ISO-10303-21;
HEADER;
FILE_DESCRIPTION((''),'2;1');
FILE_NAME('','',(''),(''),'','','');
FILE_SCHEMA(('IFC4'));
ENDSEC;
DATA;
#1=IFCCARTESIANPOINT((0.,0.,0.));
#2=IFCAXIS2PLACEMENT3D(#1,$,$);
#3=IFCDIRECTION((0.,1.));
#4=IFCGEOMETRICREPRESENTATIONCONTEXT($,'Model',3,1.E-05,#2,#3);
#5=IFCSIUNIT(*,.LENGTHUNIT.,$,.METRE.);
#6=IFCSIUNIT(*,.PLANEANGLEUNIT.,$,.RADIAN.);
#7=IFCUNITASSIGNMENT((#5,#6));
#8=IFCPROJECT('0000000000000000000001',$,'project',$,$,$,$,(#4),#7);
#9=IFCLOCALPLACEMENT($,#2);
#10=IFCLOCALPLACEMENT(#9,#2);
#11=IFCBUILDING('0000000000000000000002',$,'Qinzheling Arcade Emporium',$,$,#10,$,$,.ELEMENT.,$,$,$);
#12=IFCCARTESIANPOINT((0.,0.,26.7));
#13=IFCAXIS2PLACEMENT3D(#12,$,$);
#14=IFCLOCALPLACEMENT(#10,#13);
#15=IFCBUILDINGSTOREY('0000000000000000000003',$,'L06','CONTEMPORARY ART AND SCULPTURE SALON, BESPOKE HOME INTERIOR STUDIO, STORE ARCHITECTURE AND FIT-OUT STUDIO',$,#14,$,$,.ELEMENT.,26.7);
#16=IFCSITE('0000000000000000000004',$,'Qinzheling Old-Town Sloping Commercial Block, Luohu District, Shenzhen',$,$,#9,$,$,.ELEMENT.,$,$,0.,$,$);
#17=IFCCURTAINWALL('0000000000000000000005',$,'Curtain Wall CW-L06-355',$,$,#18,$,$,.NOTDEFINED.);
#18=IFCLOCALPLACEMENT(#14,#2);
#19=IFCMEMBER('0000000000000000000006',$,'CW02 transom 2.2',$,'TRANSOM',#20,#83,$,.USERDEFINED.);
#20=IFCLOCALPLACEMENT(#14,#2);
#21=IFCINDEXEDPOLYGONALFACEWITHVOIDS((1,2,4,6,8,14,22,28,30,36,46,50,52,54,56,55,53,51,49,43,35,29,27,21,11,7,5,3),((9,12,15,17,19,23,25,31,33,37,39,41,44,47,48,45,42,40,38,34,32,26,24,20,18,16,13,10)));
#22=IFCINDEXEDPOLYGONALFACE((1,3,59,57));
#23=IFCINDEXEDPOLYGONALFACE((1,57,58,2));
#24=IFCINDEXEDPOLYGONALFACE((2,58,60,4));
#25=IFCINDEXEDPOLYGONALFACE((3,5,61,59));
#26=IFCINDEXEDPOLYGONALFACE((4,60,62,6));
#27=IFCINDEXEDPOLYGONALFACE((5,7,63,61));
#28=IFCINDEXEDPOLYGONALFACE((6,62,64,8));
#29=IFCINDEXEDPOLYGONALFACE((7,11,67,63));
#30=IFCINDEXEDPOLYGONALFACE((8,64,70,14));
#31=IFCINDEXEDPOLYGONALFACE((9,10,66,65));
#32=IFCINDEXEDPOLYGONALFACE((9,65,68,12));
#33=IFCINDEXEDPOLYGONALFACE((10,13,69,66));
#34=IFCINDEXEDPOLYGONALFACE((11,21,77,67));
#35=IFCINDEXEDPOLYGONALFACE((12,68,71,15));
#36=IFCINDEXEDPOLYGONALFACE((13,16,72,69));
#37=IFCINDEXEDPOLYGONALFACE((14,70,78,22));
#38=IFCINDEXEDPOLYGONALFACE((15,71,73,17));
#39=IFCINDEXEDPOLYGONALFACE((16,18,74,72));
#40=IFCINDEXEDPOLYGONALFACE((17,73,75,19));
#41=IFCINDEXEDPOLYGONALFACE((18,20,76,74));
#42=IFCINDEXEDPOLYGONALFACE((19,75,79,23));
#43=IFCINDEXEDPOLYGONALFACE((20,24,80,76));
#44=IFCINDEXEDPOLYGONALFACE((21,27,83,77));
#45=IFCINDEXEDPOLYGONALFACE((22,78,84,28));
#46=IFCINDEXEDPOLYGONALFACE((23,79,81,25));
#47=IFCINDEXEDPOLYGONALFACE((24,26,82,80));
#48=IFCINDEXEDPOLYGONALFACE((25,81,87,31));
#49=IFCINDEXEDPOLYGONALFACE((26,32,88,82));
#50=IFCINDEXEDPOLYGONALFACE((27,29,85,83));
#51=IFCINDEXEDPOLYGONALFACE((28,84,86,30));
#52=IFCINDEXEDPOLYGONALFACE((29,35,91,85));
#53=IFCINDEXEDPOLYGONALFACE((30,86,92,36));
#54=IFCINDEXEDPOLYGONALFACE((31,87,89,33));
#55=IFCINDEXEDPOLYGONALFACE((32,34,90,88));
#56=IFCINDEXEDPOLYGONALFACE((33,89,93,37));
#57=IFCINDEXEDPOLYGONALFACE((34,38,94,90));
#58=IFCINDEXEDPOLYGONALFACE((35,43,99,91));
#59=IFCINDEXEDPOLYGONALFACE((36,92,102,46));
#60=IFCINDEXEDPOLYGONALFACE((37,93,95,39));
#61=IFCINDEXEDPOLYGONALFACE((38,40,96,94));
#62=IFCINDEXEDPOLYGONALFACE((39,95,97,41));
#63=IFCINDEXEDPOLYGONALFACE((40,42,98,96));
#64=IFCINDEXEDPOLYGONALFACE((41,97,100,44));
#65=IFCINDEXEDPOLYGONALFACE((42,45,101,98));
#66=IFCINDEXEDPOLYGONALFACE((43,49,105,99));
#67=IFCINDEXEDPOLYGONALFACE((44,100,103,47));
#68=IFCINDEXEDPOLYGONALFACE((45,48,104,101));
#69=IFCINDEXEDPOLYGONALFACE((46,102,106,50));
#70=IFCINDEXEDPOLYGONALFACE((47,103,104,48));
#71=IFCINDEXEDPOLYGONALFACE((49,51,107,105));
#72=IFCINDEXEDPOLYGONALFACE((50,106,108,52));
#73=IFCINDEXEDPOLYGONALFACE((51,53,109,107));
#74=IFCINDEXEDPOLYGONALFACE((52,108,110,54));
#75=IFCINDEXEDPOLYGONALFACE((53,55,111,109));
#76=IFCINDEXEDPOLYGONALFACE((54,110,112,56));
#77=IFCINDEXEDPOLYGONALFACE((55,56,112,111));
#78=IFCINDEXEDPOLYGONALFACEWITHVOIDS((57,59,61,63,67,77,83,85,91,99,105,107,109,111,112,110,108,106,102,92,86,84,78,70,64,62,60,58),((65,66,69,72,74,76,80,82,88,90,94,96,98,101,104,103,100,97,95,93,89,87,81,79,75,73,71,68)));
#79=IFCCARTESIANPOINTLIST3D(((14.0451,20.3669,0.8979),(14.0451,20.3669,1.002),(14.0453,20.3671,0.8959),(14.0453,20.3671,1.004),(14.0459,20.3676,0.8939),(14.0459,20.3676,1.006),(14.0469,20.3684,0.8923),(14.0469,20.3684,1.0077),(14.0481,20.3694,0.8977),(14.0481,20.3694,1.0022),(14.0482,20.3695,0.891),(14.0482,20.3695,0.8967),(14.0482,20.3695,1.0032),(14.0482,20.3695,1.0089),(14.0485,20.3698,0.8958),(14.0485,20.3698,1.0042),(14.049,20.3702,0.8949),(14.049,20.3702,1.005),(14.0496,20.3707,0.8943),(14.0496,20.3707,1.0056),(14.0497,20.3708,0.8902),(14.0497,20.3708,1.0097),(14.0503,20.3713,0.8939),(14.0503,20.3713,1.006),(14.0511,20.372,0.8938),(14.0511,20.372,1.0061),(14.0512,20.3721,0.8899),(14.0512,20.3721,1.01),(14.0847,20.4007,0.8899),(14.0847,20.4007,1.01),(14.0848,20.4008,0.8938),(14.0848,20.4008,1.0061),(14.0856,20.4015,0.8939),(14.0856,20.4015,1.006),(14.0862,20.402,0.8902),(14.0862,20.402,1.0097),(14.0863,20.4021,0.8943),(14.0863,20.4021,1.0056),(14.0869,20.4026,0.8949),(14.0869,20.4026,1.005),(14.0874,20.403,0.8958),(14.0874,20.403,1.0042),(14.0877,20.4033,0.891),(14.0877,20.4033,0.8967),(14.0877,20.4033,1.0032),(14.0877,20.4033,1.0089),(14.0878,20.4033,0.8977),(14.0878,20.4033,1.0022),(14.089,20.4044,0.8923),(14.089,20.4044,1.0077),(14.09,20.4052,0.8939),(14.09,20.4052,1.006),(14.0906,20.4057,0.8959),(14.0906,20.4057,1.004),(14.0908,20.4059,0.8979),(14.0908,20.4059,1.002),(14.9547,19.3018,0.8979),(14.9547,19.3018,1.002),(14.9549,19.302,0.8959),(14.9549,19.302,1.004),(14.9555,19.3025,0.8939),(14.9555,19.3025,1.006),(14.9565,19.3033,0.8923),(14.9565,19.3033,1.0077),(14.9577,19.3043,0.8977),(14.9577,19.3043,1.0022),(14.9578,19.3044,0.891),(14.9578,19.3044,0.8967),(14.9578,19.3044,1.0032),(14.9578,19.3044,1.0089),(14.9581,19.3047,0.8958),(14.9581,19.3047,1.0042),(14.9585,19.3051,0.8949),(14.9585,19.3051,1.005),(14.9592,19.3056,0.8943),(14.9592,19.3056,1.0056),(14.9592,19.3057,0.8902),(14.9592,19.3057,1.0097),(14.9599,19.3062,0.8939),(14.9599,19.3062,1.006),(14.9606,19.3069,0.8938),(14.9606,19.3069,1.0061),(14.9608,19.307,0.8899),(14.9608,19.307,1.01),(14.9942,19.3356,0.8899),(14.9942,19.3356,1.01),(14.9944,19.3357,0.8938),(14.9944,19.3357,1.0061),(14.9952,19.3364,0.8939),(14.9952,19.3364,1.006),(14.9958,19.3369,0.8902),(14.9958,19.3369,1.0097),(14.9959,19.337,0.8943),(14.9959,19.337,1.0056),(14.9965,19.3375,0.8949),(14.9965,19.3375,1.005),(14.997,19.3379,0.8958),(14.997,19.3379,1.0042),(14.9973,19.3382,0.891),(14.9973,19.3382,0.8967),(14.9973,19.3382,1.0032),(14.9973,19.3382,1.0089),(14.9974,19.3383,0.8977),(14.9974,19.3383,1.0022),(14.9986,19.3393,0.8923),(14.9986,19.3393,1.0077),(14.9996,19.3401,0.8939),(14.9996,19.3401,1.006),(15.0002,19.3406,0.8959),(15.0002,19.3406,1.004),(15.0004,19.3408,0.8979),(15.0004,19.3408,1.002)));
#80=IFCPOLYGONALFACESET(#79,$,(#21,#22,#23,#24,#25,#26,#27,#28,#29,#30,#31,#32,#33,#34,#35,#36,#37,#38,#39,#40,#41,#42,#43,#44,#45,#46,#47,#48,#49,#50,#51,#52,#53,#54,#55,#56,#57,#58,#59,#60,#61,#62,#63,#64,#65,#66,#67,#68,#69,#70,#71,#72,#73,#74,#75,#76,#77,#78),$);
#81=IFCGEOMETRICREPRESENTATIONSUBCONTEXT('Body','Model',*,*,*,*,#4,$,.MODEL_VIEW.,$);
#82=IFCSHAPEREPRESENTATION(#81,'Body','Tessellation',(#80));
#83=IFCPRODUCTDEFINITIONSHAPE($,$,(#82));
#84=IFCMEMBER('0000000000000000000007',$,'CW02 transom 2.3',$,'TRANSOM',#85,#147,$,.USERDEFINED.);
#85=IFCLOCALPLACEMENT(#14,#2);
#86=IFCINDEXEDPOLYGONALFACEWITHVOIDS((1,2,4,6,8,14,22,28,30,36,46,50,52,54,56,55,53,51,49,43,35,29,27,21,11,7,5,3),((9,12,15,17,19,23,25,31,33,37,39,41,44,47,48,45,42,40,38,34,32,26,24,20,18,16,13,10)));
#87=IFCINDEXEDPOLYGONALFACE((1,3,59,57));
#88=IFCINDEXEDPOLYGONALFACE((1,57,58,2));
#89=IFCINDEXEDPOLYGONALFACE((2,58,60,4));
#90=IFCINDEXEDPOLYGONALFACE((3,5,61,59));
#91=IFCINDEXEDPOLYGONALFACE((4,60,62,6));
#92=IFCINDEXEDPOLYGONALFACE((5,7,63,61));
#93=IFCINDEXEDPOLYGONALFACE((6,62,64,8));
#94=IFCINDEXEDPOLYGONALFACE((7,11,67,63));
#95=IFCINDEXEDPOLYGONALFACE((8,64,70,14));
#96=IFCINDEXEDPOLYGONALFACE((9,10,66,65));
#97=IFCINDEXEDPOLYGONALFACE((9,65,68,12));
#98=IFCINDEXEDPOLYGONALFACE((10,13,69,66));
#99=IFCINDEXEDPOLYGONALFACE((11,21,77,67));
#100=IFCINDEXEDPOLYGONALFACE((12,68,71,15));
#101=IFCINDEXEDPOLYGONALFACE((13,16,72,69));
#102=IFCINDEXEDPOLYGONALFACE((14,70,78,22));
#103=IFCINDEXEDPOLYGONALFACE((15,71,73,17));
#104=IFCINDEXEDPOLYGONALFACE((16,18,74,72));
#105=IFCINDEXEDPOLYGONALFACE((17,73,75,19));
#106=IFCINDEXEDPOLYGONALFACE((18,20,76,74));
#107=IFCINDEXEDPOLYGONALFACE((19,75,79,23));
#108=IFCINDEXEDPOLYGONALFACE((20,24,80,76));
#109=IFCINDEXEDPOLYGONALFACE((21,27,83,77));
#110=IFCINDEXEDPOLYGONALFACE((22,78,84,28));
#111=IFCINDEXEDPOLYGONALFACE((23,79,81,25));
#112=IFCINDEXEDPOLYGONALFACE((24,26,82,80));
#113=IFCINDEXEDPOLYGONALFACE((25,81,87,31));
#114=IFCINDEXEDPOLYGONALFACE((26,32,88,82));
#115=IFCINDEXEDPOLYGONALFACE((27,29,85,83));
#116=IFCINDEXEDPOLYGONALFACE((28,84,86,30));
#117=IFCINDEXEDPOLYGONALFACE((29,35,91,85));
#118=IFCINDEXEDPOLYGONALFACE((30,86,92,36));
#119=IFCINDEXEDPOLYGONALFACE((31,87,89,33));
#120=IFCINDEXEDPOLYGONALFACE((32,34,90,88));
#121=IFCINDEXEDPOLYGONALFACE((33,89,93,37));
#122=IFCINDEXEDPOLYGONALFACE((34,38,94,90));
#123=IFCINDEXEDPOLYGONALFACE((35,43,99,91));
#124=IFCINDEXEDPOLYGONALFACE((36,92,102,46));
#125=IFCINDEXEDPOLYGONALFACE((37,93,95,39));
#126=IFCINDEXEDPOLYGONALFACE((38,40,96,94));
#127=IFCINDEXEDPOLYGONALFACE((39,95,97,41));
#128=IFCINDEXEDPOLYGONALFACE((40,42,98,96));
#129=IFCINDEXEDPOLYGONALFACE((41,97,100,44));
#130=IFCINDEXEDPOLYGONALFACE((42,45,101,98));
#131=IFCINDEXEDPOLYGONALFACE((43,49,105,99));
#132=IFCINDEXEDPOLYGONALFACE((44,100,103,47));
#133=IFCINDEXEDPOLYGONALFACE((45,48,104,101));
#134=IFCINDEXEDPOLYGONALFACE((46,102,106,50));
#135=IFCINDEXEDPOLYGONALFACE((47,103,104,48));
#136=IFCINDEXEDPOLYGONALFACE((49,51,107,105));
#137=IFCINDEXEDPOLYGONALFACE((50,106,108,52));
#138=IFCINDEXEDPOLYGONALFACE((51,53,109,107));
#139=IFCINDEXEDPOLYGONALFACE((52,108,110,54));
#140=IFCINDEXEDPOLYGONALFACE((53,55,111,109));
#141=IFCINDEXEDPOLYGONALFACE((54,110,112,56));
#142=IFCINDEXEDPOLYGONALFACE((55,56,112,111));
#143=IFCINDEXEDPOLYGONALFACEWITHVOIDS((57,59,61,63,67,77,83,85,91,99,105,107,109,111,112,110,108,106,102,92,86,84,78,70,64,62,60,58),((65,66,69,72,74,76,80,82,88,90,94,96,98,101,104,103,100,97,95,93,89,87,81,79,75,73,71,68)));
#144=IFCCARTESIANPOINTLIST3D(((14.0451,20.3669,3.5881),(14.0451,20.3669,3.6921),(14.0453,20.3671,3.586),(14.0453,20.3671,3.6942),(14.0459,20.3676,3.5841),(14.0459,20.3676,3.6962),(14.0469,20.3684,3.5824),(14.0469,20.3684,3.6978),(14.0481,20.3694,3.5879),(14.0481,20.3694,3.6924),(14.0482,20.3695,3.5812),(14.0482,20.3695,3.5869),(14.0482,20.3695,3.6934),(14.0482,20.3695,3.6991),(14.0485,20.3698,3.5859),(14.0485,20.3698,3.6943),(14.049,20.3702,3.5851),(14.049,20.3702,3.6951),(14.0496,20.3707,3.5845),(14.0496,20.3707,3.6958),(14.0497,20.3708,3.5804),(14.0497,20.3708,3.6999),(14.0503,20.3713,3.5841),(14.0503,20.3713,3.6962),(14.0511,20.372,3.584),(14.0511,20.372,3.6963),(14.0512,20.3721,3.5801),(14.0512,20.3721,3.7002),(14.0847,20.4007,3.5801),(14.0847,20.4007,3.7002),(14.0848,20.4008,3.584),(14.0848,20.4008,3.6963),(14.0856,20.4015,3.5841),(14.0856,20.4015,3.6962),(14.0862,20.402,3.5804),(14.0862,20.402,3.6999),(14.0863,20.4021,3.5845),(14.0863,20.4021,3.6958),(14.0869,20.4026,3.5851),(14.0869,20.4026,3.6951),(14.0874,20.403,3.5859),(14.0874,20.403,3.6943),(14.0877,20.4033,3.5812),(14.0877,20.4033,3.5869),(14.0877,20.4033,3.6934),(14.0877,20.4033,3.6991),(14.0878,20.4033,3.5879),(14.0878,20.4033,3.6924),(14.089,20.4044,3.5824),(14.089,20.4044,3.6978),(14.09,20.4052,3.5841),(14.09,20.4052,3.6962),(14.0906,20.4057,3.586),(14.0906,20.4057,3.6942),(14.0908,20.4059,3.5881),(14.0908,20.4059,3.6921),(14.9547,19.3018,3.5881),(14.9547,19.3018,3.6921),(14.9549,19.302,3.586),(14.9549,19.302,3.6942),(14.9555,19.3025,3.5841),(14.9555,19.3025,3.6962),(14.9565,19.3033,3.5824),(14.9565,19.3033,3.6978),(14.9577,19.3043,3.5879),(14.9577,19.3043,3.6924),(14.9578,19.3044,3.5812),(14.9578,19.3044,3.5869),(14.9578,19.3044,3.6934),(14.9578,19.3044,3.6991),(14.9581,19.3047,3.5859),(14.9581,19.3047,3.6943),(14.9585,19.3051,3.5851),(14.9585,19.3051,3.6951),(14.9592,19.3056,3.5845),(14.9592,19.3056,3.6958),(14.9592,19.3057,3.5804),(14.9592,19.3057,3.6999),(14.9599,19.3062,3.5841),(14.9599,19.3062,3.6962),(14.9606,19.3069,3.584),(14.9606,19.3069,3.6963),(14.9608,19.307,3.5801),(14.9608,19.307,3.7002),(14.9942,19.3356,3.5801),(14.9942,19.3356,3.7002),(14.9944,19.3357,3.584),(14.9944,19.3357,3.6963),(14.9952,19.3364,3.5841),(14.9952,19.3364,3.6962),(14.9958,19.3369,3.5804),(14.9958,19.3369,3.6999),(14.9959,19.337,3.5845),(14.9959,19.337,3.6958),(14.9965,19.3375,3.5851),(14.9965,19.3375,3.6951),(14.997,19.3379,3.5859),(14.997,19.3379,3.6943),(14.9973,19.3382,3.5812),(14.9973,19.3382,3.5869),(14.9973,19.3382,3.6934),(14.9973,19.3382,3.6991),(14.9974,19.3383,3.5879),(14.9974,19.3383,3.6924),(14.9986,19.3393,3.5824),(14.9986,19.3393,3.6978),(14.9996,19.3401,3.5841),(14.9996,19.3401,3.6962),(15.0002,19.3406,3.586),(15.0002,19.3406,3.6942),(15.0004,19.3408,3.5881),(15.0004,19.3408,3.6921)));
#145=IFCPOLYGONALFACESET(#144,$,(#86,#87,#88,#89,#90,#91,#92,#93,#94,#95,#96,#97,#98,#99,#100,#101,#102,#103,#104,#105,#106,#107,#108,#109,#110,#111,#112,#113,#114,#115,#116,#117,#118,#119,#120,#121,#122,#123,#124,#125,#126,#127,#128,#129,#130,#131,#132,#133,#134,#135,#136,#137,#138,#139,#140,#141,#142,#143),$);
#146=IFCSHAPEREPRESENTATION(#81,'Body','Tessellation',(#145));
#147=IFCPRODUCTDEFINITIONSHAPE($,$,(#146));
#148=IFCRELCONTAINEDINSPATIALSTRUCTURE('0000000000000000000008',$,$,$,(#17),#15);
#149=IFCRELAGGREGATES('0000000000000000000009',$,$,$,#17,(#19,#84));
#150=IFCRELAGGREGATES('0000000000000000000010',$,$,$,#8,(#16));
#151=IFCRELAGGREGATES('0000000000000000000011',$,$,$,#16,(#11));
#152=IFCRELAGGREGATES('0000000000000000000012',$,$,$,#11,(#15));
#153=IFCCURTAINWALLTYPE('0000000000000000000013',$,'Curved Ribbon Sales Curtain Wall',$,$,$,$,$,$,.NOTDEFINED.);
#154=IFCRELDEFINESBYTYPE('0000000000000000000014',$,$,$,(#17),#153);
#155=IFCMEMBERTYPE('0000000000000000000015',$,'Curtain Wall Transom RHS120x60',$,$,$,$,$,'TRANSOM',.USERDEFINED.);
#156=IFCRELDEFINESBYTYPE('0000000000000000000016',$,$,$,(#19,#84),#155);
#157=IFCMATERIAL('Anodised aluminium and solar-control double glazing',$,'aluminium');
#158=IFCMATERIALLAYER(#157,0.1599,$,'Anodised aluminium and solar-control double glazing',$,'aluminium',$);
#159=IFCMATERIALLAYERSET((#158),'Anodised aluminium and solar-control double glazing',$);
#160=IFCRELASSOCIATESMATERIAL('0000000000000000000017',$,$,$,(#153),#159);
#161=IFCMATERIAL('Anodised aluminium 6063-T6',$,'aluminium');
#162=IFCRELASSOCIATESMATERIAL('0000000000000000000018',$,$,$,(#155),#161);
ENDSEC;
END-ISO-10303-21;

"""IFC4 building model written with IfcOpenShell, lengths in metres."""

from ifc_helpers import new_model, si_unit, direction, frame, origin, origin_2d, place, context, subcontext, project, spatial, hollow_rectangle, extrude, material, layer, layer_set, material_profile, profile_set, type_object, element, aggregate, save


model = new_model("IFC4")

# Units and contexts
model_context = context("Model", 3, precision=1e-05, world=origin(), true_north=direction((0.0, 1.0)))
body_context = subcontext(model_context, "Body", "Model", "MODEL_VIEW")
ifc_project = project(units=[si_unit("LENGTHUNIT", "METRE"), si_unit("PLANEANGLEUNIT", "RADIAN")], contexts=[model_context])

# Site, building, storey
site_placement = place(None, origin())
site = spatial("IfcSite", under=ifc_project, at=site_placement, Name="Qinzheling Old-Town Sloping Commercial Block, Luohu District, Shenzhen", CompositionType="ELEMENT", RefElevation=0.0)
building_placement = place(site_placement, origin())
building = spatial("IfcBuilding", under=site, at=building_placement, Name="Qinzheling Arcade Emporium", CompositionType="ELEMENT")
storey_placement = place(building_placement, frame((0.0, 0.0, 26.7)))
storey = spatial("IfcBuildingStorey", under=building, at=storey_placement, Name="L06", Description="CONTEMPORARY ART AND SCULPTURE SALON, BESPOKE HOME INTERIOR STUDIO, STORE ARCHITECTURE AND FIT-OUT STUDIO", CompositionType="ELEMENT", Elevation=26.7)

# Curtain wall, members
ifc_material_1 = material(Name="Anodised aluminium and solar-control double glazing", Category="aluminium")
ifc_layer_1 = layer(ifc_material_1, 0.1599, Name="Anodised aluminium and solar-control double glazing", Category="aluminium")
ifc_layer_set_1 = layer_set([ifc_layer_1], Name="Anodised aluminium and solar-control double glazing")
curtain_wall_type = type_object("IfcCurtainWallType", Name="Curved Ribbon Sales Curtain Wall", PredefinedType="NOTDEFINED", material=ifc_layer_set_1)
curtain_wall_placement = place(storey_placement, origin())
curtain_wall = element("IfcCurtainWall", 1, at=curtain_wall_placement, inside=storey, type_object=curtain_wall_type, Name="Curtain Wall CW-L06-355", PredefinedType="NOTDEFINED")
ifc_material_2 = material(Name="Anodised aluminium 6063-T6", Category="aluminium")
ifc_material_profile_1 = material_profile(ifc_material_2, hollow_rectangle(XDim=0.0601, YDim=0.1201, WallThickness=0.0039, InnerFilletRadius=0.0039, OuterFilletRadius=0.0081, at=origin_2d()), Name="RHS 120x60x4", Category="aluminium")
ifc_profile_set_1 = profile_set([ifc_material_profile_1], Name="Anodised aluminium 6063-T6")
member_type_1 = type_object("IfcMemberType", Name="Curtain Wall Transom RHS120x60", ElementType="TRANSOM", PredefinedType="USERDEFINED", material=ifc_profile_set_1)
member_1_placement = place(storey_placement, frame((14.9775, 19.3213, 0.95), z_axis=(-0.649412, 0.760436, 0.0), x_axis=(-0.760436, -0.649412, 0.0)))
member_1 = element("IfcMember", 2, at=member_1_placement, type_object=member_type_1, Name="CW02 transom 2.2", ObjectType="TRANSOM", PredefinedType="USERDEFINED", context=body_context, shape_type="SweptSolid", body=[
    extrude(hollow_rectangle(XDim=0.0601, YDim=0.1201, WallThickness=0.0039, InnerFilletRadius=0.0039, OuterFilletRadius=0.0081, at=origin_2d()), origin(), (0.0, 0.0, 1.0), 1.4006),
])
member_2_placement = place(storey_placement, frame((14.9775, 19.3213, 3.6401), z_axis=(-0.649412, 0.760436, 0.0), x_axis=(-0.760436, -0.649412, 0.0)))
member_2 = element("IfcMember", 3, at=member_2_placement, type_object=member_type_1, Name="CW02 transom 2.3", ObjectType="TRANSOM", PredefinedType="USERDEFINED", context=body_context, shape_type="SweptSolid", body=[
    extrude(hollow_rectangle(XDim=0.0601, YDim=0.1201, WallThickness=0.0039, InnerFilletRadius=0.0039, OuterFilletRadius=0.0081, at=origin_2d()), origin(), (0.0, 0.0, 1.0), 1.4006),
])

aggregate(curtain_wall, [member_1, member_2])

save(model, "model.ifc")
